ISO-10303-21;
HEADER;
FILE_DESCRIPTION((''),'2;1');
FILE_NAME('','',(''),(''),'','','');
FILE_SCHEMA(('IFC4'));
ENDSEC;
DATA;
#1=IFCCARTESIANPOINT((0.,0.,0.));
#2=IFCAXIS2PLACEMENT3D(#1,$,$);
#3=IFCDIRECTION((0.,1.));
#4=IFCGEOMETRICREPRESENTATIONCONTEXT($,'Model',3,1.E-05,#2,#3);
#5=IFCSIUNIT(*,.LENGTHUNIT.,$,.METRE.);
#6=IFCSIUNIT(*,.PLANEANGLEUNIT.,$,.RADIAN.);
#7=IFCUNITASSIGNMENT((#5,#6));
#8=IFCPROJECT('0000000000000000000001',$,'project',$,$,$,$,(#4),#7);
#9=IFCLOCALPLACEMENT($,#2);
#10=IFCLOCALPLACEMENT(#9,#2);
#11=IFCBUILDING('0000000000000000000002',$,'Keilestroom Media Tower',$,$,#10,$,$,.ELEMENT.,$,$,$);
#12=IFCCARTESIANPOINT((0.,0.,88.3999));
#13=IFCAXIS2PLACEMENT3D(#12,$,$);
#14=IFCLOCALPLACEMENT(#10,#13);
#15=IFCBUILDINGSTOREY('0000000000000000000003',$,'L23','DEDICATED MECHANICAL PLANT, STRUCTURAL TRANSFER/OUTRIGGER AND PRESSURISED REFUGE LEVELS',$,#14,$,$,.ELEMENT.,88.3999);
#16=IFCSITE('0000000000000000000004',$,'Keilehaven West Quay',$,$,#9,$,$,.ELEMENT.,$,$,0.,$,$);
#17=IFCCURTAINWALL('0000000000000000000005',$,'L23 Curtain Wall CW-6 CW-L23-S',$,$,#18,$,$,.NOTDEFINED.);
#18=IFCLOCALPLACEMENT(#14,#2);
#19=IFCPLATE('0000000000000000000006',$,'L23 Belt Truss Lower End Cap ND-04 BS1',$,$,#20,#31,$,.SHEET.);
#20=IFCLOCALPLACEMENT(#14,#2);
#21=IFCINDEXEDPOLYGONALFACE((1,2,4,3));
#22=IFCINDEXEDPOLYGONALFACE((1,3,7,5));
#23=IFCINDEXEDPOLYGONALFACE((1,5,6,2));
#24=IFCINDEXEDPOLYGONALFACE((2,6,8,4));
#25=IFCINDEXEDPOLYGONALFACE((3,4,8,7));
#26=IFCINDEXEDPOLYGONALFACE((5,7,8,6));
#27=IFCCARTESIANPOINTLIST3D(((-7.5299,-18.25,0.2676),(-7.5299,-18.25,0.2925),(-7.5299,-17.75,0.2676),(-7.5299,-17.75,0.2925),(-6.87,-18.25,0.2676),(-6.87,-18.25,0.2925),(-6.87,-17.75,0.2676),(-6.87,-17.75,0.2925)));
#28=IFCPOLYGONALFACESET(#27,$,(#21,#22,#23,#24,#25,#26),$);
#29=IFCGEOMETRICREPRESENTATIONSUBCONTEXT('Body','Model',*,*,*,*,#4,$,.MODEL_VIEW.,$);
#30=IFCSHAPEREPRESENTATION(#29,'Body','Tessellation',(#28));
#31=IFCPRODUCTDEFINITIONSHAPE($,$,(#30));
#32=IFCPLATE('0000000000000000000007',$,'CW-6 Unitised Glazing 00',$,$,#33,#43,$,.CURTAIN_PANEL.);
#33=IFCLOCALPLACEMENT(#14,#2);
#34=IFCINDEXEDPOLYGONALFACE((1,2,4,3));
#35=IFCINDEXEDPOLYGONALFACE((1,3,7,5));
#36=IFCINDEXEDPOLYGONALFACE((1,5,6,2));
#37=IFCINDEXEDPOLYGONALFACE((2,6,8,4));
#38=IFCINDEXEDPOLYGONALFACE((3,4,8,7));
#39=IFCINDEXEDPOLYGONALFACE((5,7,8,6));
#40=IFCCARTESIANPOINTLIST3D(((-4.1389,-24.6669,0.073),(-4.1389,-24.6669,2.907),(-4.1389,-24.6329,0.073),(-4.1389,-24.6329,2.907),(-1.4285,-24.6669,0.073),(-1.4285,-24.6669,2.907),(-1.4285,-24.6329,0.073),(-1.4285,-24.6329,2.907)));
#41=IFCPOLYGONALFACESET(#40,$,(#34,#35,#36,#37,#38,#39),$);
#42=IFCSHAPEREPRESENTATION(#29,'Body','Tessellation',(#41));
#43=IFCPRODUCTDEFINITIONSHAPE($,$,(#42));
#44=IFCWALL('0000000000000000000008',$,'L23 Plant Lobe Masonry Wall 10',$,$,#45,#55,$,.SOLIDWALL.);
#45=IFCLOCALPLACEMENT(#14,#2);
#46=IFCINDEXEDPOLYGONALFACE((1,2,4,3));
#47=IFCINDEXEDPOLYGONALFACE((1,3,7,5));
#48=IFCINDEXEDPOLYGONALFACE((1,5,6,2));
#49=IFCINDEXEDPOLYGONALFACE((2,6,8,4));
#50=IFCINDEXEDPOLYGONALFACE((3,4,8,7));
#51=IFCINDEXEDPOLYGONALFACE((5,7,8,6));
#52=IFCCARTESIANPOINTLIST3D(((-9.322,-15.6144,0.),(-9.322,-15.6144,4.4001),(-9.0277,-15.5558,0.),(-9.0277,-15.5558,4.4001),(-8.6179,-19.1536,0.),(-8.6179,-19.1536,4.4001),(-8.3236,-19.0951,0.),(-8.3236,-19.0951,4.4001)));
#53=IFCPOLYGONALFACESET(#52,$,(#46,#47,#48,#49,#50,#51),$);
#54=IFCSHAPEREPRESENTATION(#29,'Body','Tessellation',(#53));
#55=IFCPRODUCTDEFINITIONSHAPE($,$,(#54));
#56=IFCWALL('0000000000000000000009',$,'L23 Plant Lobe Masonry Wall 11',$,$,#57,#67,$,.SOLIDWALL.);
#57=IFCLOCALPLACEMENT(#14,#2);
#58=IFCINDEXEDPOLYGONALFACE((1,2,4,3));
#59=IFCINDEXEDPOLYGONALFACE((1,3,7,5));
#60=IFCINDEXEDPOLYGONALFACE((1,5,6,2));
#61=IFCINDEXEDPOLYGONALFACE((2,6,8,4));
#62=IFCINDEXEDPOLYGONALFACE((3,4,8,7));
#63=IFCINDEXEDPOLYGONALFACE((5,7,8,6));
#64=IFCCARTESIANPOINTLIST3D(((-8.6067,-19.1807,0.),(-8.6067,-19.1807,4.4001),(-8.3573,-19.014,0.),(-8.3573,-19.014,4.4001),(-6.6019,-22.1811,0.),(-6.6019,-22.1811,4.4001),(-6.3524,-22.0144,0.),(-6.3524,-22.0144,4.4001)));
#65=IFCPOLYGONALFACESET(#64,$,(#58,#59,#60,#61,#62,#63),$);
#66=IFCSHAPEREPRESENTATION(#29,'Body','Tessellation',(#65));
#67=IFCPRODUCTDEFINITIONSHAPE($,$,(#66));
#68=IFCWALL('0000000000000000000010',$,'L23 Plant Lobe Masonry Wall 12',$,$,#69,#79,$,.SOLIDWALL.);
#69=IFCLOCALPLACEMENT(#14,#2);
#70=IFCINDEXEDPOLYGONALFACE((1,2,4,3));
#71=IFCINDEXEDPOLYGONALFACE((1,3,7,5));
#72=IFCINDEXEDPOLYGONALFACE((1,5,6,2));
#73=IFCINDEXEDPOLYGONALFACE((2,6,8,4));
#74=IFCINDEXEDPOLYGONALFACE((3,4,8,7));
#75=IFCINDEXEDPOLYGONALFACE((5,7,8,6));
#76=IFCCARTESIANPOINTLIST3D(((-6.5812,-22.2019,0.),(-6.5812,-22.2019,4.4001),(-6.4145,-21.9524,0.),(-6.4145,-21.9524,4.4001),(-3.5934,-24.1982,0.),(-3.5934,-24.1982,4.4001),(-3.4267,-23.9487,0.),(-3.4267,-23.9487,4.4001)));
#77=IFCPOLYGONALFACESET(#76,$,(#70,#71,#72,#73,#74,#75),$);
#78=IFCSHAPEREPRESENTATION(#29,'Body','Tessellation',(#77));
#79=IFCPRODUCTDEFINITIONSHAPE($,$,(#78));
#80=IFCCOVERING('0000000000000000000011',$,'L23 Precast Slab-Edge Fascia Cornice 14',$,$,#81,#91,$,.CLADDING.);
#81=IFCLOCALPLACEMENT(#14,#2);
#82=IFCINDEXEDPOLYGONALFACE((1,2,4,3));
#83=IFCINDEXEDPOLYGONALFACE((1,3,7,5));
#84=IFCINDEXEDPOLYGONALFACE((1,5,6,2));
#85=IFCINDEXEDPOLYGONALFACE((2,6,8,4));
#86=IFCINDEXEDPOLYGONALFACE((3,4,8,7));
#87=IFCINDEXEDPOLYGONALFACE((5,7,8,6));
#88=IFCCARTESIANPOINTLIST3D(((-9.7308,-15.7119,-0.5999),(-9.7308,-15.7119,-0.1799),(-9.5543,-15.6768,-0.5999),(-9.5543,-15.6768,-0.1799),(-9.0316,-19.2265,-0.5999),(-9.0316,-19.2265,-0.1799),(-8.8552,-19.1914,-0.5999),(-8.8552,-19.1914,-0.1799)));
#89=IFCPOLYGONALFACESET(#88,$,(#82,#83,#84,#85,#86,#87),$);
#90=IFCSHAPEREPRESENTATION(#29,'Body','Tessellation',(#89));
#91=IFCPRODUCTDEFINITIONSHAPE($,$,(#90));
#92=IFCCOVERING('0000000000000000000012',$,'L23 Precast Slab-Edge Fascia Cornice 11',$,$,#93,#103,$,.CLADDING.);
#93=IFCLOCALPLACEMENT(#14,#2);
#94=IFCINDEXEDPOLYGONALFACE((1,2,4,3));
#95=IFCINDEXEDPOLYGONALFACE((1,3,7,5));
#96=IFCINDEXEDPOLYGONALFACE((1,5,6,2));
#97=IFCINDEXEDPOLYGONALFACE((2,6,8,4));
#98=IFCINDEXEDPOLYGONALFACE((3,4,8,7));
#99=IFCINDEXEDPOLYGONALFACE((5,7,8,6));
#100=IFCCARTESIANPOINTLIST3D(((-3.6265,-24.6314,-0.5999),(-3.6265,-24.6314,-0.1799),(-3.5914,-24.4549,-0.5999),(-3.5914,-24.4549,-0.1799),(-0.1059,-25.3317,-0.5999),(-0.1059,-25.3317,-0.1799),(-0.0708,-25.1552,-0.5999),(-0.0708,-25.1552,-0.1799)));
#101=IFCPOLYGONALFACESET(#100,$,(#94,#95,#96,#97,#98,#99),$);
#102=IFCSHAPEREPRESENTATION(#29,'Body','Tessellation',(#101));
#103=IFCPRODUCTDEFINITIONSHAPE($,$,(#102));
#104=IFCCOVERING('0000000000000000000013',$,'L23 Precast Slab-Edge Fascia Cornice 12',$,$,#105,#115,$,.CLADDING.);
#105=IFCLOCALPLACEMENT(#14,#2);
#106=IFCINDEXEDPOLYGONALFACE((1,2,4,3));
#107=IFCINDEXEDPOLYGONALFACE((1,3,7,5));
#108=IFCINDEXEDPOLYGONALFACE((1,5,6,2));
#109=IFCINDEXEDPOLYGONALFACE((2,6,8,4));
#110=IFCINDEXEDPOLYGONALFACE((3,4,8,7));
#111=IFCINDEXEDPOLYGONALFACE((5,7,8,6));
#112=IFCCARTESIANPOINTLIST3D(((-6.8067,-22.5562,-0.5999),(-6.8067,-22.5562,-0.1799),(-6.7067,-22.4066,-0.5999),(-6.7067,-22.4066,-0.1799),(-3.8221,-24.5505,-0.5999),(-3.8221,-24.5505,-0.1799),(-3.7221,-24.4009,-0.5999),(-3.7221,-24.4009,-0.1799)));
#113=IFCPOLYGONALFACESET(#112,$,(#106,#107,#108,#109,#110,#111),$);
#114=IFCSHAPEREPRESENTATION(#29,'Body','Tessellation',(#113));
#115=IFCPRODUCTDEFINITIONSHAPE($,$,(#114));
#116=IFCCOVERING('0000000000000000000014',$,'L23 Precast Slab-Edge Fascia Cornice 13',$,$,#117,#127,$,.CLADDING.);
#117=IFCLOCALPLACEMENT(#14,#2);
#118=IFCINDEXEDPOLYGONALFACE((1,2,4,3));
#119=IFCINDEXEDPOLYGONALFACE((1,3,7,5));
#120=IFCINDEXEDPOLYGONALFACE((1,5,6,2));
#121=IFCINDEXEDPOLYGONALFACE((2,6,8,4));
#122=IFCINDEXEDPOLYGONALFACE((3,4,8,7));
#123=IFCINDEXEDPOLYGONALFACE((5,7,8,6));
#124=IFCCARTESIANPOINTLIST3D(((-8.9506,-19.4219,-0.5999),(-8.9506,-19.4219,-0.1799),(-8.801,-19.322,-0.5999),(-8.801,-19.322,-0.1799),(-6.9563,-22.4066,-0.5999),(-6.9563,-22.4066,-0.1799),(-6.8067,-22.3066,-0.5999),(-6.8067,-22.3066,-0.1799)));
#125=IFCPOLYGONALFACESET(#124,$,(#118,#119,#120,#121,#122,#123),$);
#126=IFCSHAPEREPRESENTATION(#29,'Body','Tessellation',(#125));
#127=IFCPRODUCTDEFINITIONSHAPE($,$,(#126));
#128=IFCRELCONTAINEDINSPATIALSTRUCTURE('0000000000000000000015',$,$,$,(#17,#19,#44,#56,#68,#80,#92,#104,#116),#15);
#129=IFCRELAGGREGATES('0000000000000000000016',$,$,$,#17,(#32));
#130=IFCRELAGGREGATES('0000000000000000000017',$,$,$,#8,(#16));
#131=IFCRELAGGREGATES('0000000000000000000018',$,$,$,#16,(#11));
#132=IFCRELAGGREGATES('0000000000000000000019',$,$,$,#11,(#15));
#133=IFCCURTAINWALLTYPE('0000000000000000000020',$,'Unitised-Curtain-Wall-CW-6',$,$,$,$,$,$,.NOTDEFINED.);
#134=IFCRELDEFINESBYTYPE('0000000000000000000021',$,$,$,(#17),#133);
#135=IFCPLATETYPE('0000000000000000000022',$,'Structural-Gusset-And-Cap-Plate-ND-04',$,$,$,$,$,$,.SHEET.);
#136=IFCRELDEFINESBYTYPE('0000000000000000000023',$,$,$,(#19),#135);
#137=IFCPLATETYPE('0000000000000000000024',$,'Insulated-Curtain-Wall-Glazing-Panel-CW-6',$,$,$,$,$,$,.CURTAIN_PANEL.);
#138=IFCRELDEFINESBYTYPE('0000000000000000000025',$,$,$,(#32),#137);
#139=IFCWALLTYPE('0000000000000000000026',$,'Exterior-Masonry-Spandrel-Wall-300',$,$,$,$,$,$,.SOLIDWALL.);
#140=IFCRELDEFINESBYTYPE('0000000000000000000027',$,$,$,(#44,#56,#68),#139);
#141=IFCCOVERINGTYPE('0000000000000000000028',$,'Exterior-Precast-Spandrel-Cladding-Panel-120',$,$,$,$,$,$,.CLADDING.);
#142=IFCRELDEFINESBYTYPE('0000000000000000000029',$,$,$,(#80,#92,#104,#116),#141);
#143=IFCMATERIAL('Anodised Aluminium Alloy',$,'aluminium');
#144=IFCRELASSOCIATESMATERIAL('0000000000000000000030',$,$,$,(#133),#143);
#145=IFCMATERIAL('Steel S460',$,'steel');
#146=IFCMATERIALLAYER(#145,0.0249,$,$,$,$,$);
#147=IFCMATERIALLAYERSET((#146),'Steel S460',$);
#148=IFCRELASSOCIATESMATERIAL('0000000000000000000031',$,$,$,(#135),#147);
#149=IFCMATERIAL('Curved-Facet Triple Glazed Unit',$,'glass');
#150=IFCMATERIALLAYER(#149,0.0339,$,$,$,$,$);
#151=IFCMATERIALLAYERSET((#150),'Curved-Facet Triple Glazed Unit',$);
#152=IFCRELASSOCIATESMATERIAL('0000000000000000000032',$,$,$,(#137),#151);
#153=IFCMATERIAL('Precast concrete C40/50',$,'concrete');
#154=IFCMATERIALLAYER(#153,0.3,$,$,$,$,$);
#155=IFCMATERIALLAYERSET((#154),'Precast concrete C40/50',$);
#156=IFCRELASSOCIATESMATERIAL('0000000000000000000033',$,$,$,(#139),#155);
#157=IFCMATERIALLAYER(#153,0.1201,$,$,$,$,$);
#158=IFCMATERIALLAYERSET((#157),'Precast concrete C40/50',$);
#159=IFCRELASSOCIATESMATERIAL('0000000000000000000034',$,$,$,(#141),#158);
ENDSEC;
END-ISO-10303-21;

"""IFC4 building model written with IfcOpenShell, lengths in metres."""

from ifc_helpers import new_model, si_unit, direction, frame, frame_2d, origin, origin_2d, place, context, subcontext, project, spatial, rectangle, extrude, source, transform, mapped, material, layer, layer_set, type_object, element, aggregate, save


model = new_model("IFC4")

# Units and contexts
model_context = context("Model", 3, precision=1e-05, world=origin(), true_north=direction((0.0, 1.0)))
body_context = subcontext(model_context, "Body", "Model", "MODEL_VIEW")
ifc_project = project(units=[si_unit("LENGTHUNIT", "METRE"), si_unit("PLANEANGLEUNIT", "RADIAN")], contexts=[model_context])

# Site, building, storey
site_placement = place(None, origin())
site = spatial("IfcSite", under=ifc_project, at=site_placement, Name="Keilehaven West Quay", CompositionType="ELEMENT", RefElevation=0.0)
building_placement = place(site_placement, origin())
building = spatial("IfcBuilding", under=site, at=building_placement, Name="Keilestroom Media Tower", CompositionType="ELEMENT")
storey_placement = place(building_placement, frame((0.0, 0.0, 88.3999)))
storey = spatial("IfcBuildingStorey", under=building, at=storey_placement, Name="L23", Description="DEDICATED MECHANICAL PLANT, STRUCTURAL TRANSFER/OUTRIGGER AND PRESSURISED REFUGE LEVELS", CompositionType="ELEMENT", Elevation=88.3999)

# Shared definitions
ifc_material_1 = material(Name="Steel S460", Category="steel")

# Curtain wall
ifc_material_2 = material(Name="Anodised Aluminium Alloy", Category="aluminium")
curtain_wall_type = type_object("IfcCurtainWallType", Name="Unitised-Curtain-Wall-CW-6", PredefinedType="NOTDEFINED", material=ifc_material_2)
curtain_wall_placement = place(storey_placement, origin())
curtain_wall = element("IfcCurtainWall", 1, at=curtain_wall_placement, inside=storey, type_object=curtain_wall_type, Name="L23 Curtain Wall CW-6 CW-L23-S", PredefinedType="NOTDEFINED")

# Plates
ifc_layer_1 = layer(ifc_material_1, 0.0249)
ifc_layer_set_1 = layer_set([ifc_layer_1], Name="Steel S460")
plate_type_1 = type_object("IfcPlateType", Name="Structural-Gusset-And-Cap-Plate-ND-04", PredefinedType="SHEET", material=ifc_layer_set_1)
shared_shape_1 = source(origin(), body_context, "Body", "SweptSolid", [
    extrude(rectangle(XDim=0.6599, YDim=0.5, at=origin_2d()), origin(), (0.0, 0.0, 1.0), 0.0249),
])
plate_1_placement = place(storey_placement, frame((-7.2, -18.0, 0.2676), z_axis=(0.0, 0.0, 1.0), x_axis=(1.0, 0.0, 0.0)))
element("IfcPlate", 2, at=plate_1_placement, inside=storey, type_object=plate_type_1, Name="L23 Belt Truss Lower End Cap ND-04 BS1", PredefinedType="SHEET", context=body_context, shape_type="MappedRepresentation", body=[
    mapped(shared_shape_1, transform((0.0, 0.0, 0.0), x_axis=(1.0, 0.0, 0.0), y_axis=(0.0, 1.0, 0.0), z_axis=(0.0, 0.0, 1.0), scale=1.0)),
])
ifc_material_3 = material(Name="Curved-Facet Triple Glazed Unit", Category="glass")
ifc_layer_2 = layer(ifc_material_3, 0.0339)
ifc_layer_set_2 = layer_set([ifc_layer_2], Name="Curved-Facet Triple Glazed Unit")
plate_type_2 = type_object("IfcPlateType", Name="Insulated-Curtain-Wall-Glazing-Panel-CW-6", PredefinedType="CURTAIN_PANEL", material=ifc_layer_set_2)
shared_shape_2 = source(origin(), body_context, "Body", "SweptSolid", [
    extrude(rectangle(XDim=2.7104, YDim=0.0339, at=origin_2d()), origin(), (0.0, 0.0, 1.0), 2.834),
])
plate_2_placement = place(storey_placement, frame((-2.7837, -24.6499, 0.073), z_axis=(0.0, 0.0, 1.0), x_axis=(1.0, 0.0, 0.0)))
plate_2 = element("IfcPlate", 3, at=plate_2_placement, type_object=plate_type_2, Name="CW-6 Unitised Glazing 00", PredefinedType="CURTAIN_PANEL", context=body_context, shape_type="MappedRepresentation", body=[
    mapped(shared_shape_2, transform((0.0, 0.0, 0.0), x_axis=(1.0, 0.0, 0.0), y_axis=(0.0, 1.0, 0.0), z_axis=(0.0, 0.0, 1.0), scale=1.0)),
])
aggregate(curtain_wall, [plate_2])

# Walls
ifc_material_4 = material(Name="Precast concrete C40/50", Category="concrete")
ifc_layer_3 = layer(ifc_material_4, 0.3)
ifc_layer_set_3 = layer_set([ifc_layer_3], Name="Precast concrete C40/50")
wall_type = type_object("IfcWallType", Name="Exterior-Masonry-Spandrel-Wall-300", PredefinedType="SOLIDWALL", material=ifc_layer_set_3)
for number, where, z_axis, x_axis, name in (
    (4, (-9.1748, -15.5852, 0.0), (0.0, 0.0, 1.0), (0.195114, -0.980781, 0.0), "L23 Plant Lobe Masonry Wall 10"),
    (5, (-8.4819, -19.0974, 0.0), (0.0, 0.0, 1.0), (0.555574, -0.831467, 0.0), "L23 Plant Lobe Masonry Wall 11"),
):
    element("IfcWall", number, at=place(storey_placement, frame(where, z_axis=z_axis, x_axis=x_axis)), inside=storey, type_object=wall_type, Name=name, PredefinedType="SOLIDWALL", context=body_context, shape_type="SweptSolid", body=[
        extrude(rectangle(XDim=3.6086, YDim=0.3, at=frame_2d((1.8042, 0.0))), origin(), (0.0, 0.0, 1.0), 4.4001),
    ])
wall_placement = place(storey_placement, frame((-6.4978, -22.0771, 0.0), z_axis=(0.0, 0.0, 1.0), x_axis=(0.831475, -0.555562, 0.0)))
element("IfcWall", 6, at=wall_placement, inside=storey, type_object=wall_type, Name="L23 Plant Lobe Masonry Wall 12", PredefinedType="SOLIDWALL", context=body_context, shape_type="SweptSolid", body=[
    extrude(rectangle(XDim=3.5933, YDim=0.3, at=frame_2d((1.7966, 0.0))), origin(), (0.0, 0.0, 1.0), 4.4001),
])

# Coverings
ifc_layer_4 = layer(ifc_material_4, 0.1201)
ifc_layer_set_4 = layer_set([ifc_layer_4], Name="Precast concrete C40/50")
covering_type = type_object("IfcCoveringType", Name="Exterior-Precast-Spandrel-Cladding-Panel-120", PredefinedType="CLADDING", material=ifc_layer_set_4)
shared_shape_3 = source(origin(), body_context, "Body", "SweptSolid", [
    extrude(rectangle(XDim=3.5835, YDim=0.1799, at=origin_2d()), origin(), (0.0, 0.0, 1.0), 0.4199),
])
covering_placement = place(storey_placement, frame((-9.293, -17.4517, -0.5999), z_axis=(0.0, 0.0, 1.0), x_axis=(-0.195099, 0.980784, 0.0)))
element("IfcCovering", 7, at=covering_placement, inside=storey, type_object=covering_type, Name="L23 Precast Slab-Edge Fascia Cornice 14", PredefinedType="CLADDING", context=body_context, shape_type="MappedRepresentation", body=[
    mapped(shared_shape_3, transform((0.0, 0.0, 0.0), x_axis=(1.0, 0.0, 0.0), y_axis=(0.0, 1.0, 0.0), z_axis=(0.0, 0.0, 1.0), scale=1.0)),
])
shared_shape_4 = source(origin(), body_context, "Body", "SweptSolid", [
    extrude(rectangle(XDim=3.5896, YDim=0.1799, at=origin_2d()), origin(), (0.0, 0.0, 1.0), 0.4199),
])
for number, where, z_axis, x_axis, name in (
    (8, (-1.8486, -24.8933, -0.5999), (0.0, 0.0, 1.0), (-0.980784, 0.195099, 0.0), "L23 Precast Slab-Edge Fascia Cornice 11"),
    (9, (-5.2644, -23.4785, -0.5999), (0.0, 0.0, 1.0), (-0.831467, 0.555575, 0.0), "L23 Precast Slab-Edge Fascia Cornice 12"),
    (10, (-7.8787, -20.8643, -0.5999), (0.0, 0.0, 1.0), (-0.555575, 0.831467, 0.0), "L23 Precast Slab-Edge Fascia Cornice 13"),
):
    element("IfcCovering", number, at=place(storey_placement, frame(where, z_axis=z_axis, x_axis=x_axis)), inside=storey, type_object=covering_type, Name=name, PredefinedType="CLADDING", context=body_context, shape_type="MappedRepresentation", body=[
        mapped(shared_shape_4, transform((0.0, 0.0, 0.0), x_axis=(1.0, 0.0, 0.0), y_axis=(0.0, 1.0, 0.0), z_axis=(0.0, 0.0, 1.0), scale=1.0)),
    ])

save(model, "model.ifc")
